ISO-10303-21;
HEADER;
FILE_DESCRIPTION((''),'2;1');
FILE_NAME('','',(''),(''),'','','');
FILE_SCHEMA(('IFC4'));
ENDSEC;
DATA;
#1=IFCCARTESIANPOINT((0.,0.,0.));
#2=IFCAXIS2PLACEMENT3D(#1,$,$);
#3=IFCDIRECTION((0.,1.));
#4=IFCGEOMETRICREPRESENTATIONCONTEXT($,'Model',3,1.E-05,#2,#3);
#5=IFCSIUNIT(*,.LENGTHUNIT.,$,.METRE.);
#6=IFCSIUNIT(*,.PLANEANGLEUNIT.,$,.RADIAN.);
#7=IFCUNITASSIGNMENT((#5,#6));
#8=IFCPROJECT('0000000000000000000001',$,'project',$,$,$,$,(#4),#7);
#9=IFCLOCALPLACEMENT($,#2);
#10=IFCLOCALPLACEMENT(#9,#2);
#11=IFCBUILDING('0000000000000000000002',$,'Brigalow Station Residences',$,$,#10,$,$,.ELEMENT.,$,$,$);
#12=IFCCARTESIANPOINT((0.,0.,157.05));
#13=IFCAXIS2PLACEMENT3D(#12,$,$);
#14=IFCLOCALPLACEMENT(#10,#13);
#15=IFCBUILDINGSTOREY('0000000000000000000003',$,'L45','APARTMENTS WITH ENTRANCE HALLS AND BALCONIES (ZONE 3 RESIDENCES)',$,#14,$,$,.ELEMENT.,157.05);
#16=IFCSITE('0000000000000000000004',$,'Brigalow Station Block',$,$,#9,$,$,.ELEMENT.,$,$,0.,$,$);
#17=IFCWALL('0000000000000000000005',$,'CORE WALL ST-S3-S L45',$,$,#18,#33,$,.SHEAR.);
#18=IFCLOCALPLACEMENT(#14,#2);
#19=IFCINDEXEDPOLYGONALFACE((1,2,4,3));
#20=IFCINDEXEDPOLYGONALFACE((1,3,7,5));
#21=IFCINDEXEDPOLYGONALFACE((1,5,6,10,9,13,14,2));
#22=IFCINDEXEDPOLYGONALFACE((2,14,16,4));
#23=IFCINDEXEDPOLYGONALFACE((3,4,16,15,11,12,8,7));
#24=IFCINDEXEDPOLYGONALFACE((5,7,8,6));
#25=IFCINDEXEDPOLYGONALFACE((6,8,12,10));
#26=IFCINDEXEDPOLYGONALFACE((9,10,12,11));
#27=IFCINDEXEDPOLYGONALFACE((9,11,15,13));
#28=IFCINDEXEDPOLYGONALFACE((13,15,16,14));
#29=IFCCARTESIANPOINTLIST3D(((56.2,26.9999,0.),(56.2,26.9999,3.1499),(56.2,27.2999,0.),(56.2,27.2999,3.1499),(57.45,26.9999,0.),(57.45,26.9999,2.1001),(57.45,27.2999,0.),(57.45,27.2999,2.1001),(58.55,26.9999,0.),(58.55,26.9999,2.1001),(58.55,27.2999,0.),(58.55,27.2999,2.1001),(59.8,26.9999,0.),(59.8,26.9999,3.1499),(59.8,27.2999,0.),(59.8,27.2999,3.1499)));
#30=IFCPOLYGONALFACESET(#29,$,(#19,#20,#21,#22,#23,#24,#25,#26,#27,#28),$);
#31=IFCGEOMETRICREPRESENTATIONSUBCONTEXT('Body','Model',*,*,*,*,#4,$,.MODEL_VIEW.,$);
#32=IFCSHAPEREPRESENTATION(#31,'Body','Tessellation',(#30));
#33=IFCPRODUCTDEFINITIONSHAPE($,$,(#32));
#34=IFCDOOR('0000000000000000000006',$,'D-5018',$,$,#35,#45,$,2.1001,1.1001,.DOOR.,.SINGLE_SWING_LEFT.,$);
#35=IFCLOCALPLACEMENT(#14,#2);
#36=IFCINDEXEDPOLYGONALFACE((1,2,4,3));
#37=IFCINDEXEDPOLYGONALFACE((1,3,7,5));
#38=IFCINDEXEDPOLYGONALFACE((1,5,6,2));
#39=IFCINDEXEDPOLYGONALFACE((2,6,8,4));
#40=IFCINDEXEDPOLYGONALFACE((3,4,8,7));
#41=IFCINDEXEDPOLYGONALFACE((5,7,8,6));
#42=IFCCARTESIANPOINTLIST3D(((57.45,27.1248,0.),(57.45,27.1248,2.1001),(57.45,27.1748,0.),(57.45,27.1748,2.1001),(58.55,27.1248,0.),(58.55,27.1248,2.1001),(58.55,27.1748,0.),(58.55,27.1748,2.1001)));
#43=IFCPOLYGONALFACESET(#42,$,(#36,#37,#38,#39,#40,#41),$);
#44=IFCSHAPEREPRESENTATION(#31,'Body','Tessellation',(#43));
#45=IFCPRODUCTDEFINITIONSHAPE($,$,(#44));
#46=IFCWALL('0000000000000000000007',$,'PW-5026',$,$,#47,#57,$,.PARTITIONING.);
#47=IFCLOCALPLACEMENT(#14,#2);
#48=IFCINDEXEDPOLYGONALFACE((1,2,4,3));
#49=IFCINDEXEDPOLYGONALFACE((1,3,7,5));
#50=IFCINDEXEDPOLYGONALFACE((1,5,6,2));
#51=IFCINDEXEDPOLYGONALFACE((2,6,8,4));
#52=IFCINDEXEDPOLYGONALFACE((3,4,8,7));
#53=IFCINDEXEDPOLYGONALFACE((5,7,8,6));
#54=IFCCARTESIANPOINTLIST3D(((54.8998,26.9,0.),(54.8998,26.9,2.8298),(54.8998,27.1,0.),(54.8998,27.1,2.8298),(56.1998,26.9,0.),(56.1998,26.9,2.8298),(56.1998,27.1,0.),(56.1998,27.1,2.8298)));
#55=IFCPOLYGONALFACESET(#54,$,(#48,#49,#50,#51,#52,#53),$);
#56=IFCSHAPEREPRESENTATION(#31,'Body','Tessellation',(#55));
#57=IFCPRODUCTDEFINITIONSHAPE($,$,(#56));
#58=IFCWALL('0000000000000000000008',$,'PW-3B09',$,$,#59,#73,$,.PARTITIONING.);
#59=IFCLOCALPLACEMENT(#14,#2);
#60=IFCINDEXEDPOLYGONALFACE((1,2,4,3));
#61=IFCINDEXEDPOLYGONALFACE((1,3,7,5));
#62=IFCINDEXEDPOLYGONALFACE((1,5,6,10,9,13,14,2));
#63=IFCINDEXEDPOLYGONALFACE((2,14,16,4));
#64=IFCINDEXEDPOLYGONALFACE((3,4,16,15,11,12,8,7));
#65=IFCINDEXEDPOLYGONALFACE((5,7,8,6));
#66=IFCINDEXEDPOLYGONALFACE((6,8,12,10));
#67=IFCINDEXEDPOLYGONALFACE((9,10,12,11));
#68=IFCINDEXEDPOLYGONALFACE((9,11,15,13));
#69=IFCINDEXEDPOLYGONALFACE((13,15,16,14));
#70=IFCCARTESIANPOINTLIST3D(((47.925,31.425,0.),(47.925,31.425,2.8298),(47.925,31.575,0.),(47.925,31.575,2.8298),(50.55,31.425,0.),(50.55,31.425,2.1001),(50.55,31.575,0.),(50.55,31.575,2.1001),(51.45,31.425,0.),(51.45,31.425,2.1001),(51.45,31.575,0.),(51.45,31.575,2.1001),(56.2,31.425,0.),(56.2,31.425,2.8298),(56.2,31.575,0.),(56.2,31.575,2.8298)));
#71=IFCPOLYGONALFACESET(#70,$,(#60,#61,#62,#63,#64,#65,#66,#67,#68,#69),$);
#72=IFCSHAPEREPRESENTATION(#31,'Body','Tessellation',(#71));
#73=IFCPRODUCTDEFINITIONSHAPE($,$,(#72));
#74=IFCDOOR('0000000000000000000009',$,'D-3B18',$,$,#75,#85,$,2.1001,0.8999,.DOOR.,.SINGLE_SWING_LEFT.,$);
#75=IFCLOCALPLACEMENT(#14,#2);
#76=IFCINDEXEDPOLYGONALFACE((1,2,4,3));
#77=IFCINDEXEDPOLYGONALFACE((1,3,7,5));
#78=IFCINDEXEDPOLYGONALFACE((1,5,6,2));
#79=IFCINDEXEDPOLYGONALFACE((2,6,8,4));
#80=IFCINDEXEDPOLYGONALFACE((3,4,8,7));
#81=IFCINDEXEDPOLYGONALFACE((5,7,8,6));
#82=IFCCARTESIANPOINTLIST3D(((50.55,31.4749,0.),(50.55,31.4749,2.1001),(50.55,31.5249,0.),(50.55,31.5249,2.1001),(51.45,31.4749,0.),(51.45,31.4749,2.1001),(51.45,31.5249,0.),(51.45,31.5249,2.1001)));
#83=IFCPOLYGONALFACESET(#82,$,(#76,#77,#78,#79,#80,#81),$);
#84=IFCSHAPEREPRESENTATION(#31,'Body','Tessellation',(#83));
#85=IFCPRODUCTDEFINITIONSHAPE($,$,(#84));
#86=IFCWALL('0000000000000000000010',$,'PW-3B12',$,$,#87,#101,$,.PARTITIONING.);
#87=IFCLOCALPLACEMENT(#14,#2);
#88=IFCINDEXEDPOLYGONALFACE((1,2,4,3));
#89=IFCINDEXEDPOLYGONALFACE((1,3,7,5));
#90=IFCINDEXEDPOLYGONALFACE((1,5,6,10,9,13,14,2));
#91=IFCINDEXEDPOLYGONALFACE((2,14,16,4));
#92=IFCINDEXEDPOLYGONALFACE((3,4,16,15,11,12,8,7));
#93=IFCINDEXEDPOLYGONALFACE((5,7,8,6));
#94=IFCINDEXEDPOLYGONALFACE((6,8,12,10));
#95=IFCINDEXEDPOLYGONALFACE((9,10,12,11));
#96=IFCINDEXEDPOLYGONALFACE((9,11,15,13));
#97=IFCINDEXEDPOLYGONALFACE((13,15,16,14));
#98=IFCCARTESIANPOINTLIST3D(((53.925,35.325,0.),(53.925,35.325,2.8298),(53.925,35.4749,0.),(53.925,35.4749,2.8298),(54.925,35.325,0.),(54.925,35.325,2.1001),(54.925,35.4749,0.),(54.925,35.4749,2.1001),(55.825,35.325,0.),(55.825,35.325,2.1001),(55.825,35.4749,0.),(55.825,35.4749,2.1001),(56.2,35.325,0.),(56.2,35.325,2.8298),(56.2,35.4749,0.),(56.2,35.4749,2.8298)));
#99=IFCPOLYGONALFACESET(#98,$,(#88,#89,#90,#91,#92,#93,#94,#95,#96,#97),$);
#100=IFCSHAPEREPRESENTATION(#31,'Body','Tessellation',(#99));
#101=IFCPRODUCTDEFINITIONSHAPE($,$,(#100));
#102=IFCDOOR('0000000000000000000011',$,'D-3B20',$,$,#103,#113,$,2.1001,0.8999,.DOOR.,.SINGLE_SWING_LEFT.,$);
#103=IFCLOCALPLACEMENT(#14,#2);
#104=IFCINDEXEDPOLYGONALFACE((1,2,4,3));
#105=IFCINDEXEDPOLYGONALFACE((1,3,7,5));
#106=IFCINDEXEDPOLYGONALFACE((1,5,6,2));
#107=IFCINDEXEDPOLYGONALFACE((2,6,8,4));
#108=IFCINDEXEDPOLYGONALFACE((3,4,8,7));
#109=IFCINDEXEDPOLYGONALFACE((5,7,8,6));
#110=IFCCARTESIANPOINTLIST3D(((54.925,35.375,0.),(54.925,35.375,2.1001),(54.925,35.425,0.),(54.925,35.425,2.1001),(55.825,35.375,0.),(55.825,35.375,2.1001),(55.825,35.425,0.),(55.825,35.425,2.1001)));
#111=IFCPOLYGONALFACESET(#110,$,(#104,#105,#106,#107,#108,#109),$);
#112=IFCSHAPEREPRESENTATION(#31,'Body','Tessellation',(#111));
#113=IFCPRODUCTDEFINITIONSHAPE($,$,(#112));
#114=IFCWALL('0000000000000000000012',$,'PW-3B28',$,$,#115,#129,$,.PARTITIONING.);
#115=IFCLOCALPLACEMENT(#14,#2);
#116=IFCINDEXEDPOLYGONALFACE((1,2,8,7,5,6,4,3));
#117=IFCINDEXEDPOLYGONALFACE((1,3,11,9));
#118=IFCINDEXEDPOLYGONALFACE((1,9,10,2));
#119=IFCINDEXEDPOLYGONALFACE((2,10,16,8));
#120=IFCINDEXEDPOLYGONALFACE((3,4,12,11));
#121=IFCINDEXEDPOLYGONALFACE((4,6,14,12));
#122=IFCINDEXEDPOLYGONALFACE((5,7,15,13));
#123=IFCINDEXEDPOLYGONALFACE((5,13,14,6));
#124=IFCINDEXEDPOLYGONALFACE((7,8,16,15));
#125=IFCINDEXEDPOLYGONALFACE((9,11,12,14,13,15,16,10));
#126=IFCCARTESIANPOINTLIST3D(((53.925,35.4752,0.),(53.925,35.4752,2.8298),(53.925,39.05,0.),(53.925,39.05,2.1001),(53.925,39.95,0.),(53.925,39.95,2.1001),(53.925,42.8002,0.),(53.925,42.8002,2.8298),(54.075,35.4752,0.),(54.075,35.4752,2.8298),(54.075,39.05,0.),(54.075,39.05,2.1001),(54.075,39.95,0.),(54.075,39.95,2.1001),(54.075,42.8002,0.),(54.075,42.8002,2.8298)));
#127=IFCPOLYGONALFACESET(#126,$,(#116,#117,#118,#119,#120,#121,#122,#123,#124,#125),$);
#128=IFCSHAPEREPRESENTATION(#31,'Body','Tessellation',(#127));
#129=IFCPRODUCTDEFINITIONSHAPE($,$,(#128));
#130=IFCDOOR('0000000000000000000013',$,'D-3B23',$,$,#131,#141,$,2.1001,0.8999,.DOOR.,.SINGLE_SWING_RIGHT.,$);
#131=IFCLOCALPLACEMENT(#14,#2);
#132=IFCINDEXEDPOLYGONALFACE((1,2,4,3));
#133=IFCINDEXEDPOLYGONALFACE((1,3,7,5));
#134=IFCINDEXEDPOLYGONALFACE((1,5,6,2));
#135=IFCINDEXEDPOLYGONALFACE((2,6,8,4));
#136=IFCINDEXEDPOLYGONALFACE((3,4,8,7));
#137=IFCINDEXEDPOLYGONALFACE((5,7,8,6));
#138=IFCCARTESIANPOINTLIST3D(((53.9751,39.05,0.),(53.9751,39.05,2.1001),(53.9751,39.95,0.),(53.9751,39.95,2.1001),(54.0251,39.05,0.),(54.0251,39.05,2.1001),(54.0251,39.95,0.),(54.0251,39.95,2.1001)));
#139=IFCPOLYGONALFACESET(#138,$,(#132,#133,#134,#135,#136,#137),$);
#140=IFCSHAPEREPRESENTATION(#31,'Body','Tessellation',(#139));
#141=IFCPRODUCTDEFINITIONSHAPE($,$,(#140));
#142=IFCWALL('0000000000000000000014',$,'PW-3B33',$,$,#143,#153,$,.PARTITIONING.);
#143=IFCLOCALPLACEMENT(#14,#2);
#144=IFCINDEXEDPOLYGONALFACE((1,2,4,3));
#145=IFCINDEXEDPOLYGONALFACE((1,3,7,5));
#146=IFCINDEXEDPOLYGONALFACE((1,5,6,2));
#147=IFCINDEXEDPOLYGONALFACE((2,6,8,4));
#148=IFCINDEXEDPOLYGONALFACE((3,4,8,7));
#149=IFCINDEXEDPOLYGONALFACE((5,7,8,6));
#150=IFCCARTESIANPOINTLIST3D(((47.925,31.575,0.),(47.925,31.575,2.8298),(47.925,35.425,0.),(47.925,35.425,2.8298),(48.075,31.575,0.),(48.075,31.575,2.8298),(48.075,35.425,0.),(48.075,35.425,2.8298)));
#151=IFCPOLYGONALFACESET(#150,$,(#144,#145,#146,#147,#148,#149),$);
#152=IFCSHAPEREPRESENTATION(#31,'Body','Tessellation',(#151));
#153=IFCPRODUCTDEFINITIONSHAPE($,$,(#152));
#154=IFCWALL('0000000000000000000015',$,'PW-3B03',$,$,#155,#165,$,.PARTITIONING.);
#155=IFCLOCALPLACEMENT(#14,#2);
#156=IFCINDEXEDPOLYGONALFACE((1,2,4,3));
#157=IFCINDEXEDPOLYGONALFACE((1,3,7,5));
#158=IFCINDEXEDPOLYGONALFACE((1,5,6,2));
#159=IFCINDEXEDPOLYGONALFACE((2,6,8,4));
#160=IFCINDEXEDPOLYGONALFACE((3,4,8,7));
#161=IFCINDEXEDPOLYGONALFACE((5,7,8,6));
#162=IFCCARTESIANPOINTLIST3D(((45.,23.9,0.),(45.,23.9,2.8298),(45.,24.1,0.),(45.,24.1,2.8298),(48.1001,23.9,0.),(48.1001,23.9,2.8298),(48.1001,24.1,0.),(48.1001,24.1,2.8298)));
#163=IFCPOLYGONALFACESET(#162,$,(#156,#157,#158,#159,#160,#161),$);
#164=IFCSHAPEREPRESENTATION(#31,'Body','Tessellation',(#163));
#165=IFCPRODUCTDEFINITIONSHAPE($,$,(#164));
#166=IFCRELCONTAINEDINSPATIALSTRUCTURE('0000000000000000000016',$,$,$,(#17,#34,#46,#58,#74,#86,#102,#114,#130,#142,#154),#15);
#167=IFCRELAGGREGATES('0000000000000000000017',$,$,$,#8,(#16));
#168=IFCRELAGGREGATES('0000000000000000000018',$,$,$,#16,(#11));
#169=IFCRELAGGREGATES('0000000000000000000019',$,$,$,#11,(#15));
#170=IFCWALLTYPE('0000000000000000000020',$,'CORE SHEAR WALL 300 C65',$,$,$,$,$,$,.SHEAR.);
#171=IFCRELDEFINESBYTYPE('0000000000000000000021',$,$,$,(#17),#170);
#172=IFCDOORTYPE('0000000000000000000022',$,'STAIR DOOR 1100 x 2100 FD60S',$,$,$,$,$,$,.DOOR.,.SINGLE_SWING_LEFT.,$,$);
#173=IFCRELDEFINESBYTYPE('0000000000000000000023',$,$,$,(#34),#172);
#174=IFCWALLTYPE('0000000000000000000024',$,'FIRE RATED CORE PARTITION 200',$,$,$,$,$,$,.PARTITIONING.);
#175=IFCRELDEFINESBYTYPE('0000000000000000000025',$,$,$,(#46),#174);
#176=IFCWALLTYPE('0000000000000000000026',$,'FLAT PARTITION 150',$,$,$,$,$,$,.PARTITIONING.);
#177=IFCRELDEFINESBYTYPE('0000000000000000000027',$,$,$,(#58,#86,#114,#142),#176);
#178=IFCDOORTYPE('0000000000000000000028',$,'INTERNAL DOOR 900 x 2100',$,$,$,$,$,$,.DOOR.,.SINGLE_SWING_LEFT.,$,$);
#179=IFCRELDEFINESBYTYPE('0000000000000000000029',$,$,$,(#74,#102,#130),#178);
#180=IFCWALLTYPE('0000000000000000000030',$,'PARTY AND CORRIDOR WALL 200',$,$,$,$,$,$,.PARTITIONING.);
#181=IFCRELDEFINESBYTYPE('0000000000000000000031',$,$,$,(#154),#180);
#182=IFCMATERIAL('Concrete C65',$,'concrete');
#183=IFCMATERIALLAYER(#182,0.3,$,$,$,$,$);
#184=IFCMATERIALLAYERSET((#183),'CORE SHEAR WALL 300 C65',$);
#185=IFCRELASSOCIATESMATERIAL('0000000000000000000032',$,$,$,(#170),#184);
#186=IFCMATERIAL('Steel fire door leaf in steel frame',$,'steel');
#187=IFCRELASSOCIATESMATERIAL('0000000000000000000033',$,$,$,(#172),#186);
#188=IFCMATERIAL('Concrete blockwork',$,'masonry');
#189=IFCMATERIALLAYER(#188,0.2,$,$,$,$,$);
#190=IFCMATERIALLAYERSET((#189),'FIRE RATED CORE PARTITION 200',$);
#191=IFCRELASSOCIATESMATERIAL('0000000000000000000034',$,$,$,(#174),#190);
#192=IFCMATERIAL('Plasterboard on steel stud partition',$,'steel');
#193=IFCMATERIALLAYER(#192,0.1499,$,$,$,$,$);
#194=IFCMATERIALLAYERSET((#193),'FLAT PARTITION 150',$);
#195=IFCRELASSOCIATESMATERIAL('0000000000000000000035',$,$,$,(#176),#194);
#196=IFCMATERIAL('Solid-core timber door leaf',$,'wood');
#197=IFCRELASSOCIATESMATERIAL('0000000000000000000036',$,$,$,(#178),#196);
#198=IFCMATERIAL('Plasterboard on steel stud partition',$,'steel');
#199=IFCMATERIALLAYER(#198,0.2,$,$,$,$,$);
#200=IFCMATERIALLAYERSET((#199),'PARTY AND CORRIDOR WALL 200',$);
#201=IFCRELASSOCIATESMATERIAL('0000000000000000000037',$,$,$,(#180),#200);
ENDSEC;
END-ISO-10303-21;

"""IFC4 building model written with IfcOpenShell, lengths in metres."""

from ifc_helpers import new_model, si_unit, direction, frame, frame_2d, origin, place, context, subcontext, project, spatial, rectangle, extrude, material, layer, layer_set, type_object, element, fill, save


model = new_model("IFC4")

# Units and contexts
model_context = context("Model", 3, precision=1e-05, world=origin(), true_north=direction((0.0, 1.0)))
body_context = subcontext(model_context, "Body", "Model", "MODEL_VIEW")
ifc_project = project(units=[si_unit("LENGTHUNIT", "METRE"), si_unit("PLANEANGLEUNIT", "RADIAN")], contexts=[model_context])

# Site, building, storey
site_placement = place(None, origin())
site = spatial("IfcSite", under=ifc_project, at=site_placement, Name="Brigalow Station Block", CompositionType="ELEMENT", RefElevation=0.0)
building_placement = place(site_placement, origin())
building = spatial("IfcBuilding", under=site, at=building_placement, Name="Brigalow Station Residences", CompositionType="ELEMENT")
storey_placement = place(building_placement, frame((0.0, 0.0, 157.05)))
storey = spatial("IfcBuildingStorey", under=building, at=storey_placement, Name="L45", Description="APARTMENTS WITH ENTRANCE HALLS AND BALCONIES (ZONE 3 RESIDENCES)", CompositionType="ELEMENT", Elevation=157.05)

# Wall, opening, door
ifc_material_1 = material(Name="Concrete C65", Category="concrete")
ifc_layer_1 = layer(ifc_material_1, 0.3)
ifc_layer_set_1 = layer_set([ifc_layer_1], Name="CORE SHEAR WALL 300 C65")
wall_type_1 = type_object("IfcWallType", Name="CORE SHEAR WALL 300 C65", PredefinedType="SHEAR", material=ifc_layer_set_1)
wall_1_placement = place(storey_placement, frame((56.2, 27.1499, 0.0), z_axis=(0.0, 0.0, 1.0), x_axis=(1.0, 0.0, 0.0)))
wall_1 = element("IfcWall", 1, at=wall_1_placement, inside=storey, type_object=wall_type_1, Name="CORE WALL ST-S3-S L45", PredefinedType="SHEAR", context=body_context, shape_type="SweptSolid", body=[
    extrude(rectangle(XDim=3.6001, YDim=0.3, at=frame_2d((1.8, 0.0))), origin(), (0.0, 0.0, 1.0), 3.1499),
])
opening_1_placement = place(wall_1_placement, frame((1.25, 0.0, 0.0)))
opening_1 = element("IfcOpeningElement", 2, at=opening_1_placement, cuts=wall_1, PredefinedType="OPENING", context=body_context, shape_type="SweptSolid", body=[
    extrude(rectangle(XDim=1.1001, YDim=2.1001, at=frame_2d((0.55, 1.05))), frame((0.0, 0.1602, 0.0), z_axis=(0.0, -1.0, 0.0), x_axis=(1.0, 0.0, 0.0)), (0.0, 0.0, 1.0), 0.3201),
])
ifc_material_2 = material(Name="Steel fire door leaf in steel frame", Category="steel")
door_type_1 = type_object("IfcDoorType", Name="STAIR DOOR 1100 x 2100 FD60S", OperationType="SINGLE_SWING_LEFT", PredefinedType="DOOR", material=ifc_material_2)
door_1_placement = place(opening_1_placement, origin())
door_1 = element("IfcDoor", 3, at=door_1_placement, inside=storey, type_object=door_type_1, Name="D-5018", OperationType="SINGLE_SWING_LEFT", OverallHeight=2.1001, OverallWidth=1.1001, PredefinedType="DOOR", context=body_context, shape_type="SweptSolid", body=[
    extrude(rectangle(XDim=1.1001, YDim=2.1001, at=frame_2d((0.55, 1.05))), frame((0.0, 0.0249, 0.0), z_axis=(0.0, -1.0, 0.0), x_axis=(1.0, 0.0, 0.0)), (0.0, 0.0, 1.0), 0.05),
])
fill(opening_1, door_1)

# Wall
ifc_material_3 = material(Name="Concrete blockwork", Category="masonry")
ifc_layer_2 = layer(ifc_material_3, 0.2)
ifc_layer_set_2 = layer_set([ifc_layer_2], Name="FIRE RATED CORE PARTITION 200")
wall_type_2 = type_object("IfcWallType", Name="FIRE RATED CORE PARTITION 200", PredefinedType="PARTITIONING", material=ifc_layer_set_2)
wall_2_placement = place(storey_placement, frame((54.8999, 27.0, 0.0), z_axis=(0.0, 0.0, 1.0), x_axis=(1.0, 0.0, 0.0)))
element("IfcWall", 4, at=wall_2_placement, inside=storey, type_object=wall_type_2, Name="PW-5026", PredefinedType="PARTITIONING", context=body_context, shape_type="SweptSolid", body=[
    extrude(rectangle(XDim=1.3, YDim=0.2, at=frame_2d((0.6499, 0.0))), origin(), (0.0, 0.0, 1.0), 2.8298),
])

# Walls, openings, doors
ifc_material_4 = material(Name="Plasterboard on steel stud partition", Category="steel")
ifc_layer_3 = layer(ifc_material_4, 0.1499)
ifc_layer_set_3 = layer_set([ifc_layer_3], Name="FLAT PARTITION 150")
wall_type_3 = type_object("IfcWallType", Name="FLAT PARTITION 150", PredefinedType="PARTITIONING", material=ifc_layer_set_3)
wall_3_placement = place(storey_placement, frame((47.925, 31.5, 0.0), z_axis=(0.0, 0.0, 1.0), x_axis=(1.0, 0.0, 0.0)))
wall_3 = element("IfcWall", 5, at=wall_3_placement, inside=storey, type_object=wall_type_3, Name="PW-3B09", PredefinedType="PARTITIONING", context=body_context, shape_type="SweptSolid", body=[
    extrude(rectangle(XDim=8.2749, YDim=0.1499, at=frame_2d((4.1375, 0.0))), origin(), (0.0, 0.0, 1.0), 2.8298),
])
opening_2_placement = place(wall_3_placement, frame((2.625, 0.0, 0.0)))
opening_2 = element("IfcOpeningElement", 6, at=opening_2_placement, cuts=wall_3, PredefinedType="OPENING", context=body_context, shape_type="SweptSolid", body=[
    extrude(rectangle(XDim=0.8999, YDim=2.1001, at=frame_2d((0.45, 1.05))), frame((0.0, 0.085, 0.0), z_axis=(0.0, -1.0, 0.0), x_axis=(1.0, 0.0, 0.0)), (0.0, 0.0, 1.0), 0.1699),
])
ifc_material_5 = material(Name="Solid-core timber door leaf", Category="wood")
door_type_2 = type_object("IfcDoorType", Name="INTERNAL DOOR 900 x 2100", OperationType="SINGLE_SWING_LEFT", PredefinedType="DOOR", material=ifc_material_5)
door_2_placement = place(opening_2_placement, origin())
door_2 = element("IfcDoor", 7, at=door_2_placement, inside=storey, type_object=door_type_2, Name="D-3B18", OperationType="SINGLE_SWING_LEFT", OverallHeight=2.1001, OverallWidth=0.8999, PredefinedType="DOOR", context=body_context, shape_type="SweptSolid", body=[
    extrude(rectangle(XDim=0.8999, YDim=2.1001, at=frame_2d((0.45, 1.05))), frame((0.0, 0.0249, 0.0), z_axis=(0.0, -1.0, 0.0), x_axis=(1.0, 0.0, 0.0)), (0.0, 0.0, 1.0), 0.05),
])
fill(opening_2, door_2)
wall_4_placement = place(storey_placement, frame((53.925, 35.3999, 0.0), z_axis=(0.0, 0.0, 1.0), x_axis=(1.0, 0.0, 0.0)))
wall_4 = element("IfcWall", 8, at=wall_4_placement, inside=storey, type_object=wall_type_3, Name="PW-3B12", PredefinedType="PARTITIONING", context=body_context, shape_type="SweptSolid", body=[
    extrude(rectangle(XDim=2.2749, YDim=0.1499, at=frame_2d((1.1375, 0.0))), origin(), (0.0, 0.0, 1.0), 2.8298),
])
opening_3_placement = place(wall_4_placement, frame((1.0, 0.0, 0.0)))
opening_3 = element("IfcOpeningElement", 9, at=opening_3_placement, cuts=wall_4, PredefinedType="OPENING", context=body_context, shape_type="SweptSolid", body=[
    extrude(rectangle(XDim=0.8999, YDim=2.1001, at=frame_2d((0.45, 1.05))), frame((0.0, 0.085, 0.0), z_axis=(0.0, -1.0, 0.0), x_axis=(1.0, 0.0, 0.0)), (0.0, 0.0, 1.0), 0.1699),
])
door_3_placement = place(opening_3_placement, frame((0.8999, 0.0, 0.0), z_axis=(0.0, 0.0, 1.0), x_axis=(-1.0, 0.0, 0.0)))
door_3 = element("IfcDoor", 10, at=door_3_placement, inside=storey, type_object=door_type_2, Name="D-3B20", OperationType="SINGLE_SWING_LEFT", OverallHeight=2.1001, OverallWidth=0.8999, PredefinedType="DOOR", context=body_context, shape_type="SweptSolid", body=[
    extrude(rectangle(XDim=0.8999, YDim=2.1001, at=frame_2d((0.45, 1.05))), frame((0.0, 0.0249, 0.0), z_axis=(0.0, -1.0, 0.0), x_axis=(1.0, 0.0, 0.0)), (0.0, 0.0, 1.0), 0.05),
])
fill(opening_3, door_3)
wall_5_placement = place(storey_placement, frame((54.0, 35.4751, 0.0), z_axis=(0.0, 0.0, 1.0), x_axis=(0.0, 1.0, 0.0)))
wall_5 = element("IfcWall", 11, at=wall_5_placement, inside=storey, type_object=wall_type_3, Name="PW-3B28", PredefinedType="PARTITIONING", context=body_context, shape_type="SweptSolid", body=[
    extrude(rectangle(XDim=7.325, YDim=0.1499, at=frame_2d((3.6626, 0.0))), origin(), (0.0, 0.0, 1.0), 2.8298),
])
opening_4_placement = place(wall_5_placement, frame((3.575, 0.0, 0.0)))
opening_4 = element("IfcOpeningElement", 12, at=opening_4_placement, cuts=wall_5, PredefinedType="OPENING", context=body_context, shape_type="SweptSolid", body=[
    extrude(rectangle(XDim=0.8999, YDim=2.1001, at=frame_2d((0.45, 1.05))), frame((0.0, 0.085, 0.0), z_axis=(0.0, -1.0, 0.0), x_axis=(1.0, 0.0, 0.0)), (0.0, 0.0, 1.0), 0.1699),
])
door_4_placement = place(opening_4_placement, origin())
door_4 = element("IfcDoor", 13, at=door_4_placement, inside=storey, type_object=door_type_2, Name="D-3B23", OperationType="SINGLE_SWING_RIGHT", OverallHeight=2.1001, OverallWidth=0.8999, PredefinedType="DOOR", context=body_context, shape_type="SweptSolid", body=[
    extrude(rectangle(XDim=0.8999, YDim=2.1001, at=frame_2d((0.45, 1.05))), frame((0.0, 0.0249, 0.0), z_axis=(0.0, -1.0, 0.0), x_axis=(1.0, 0.0, 0.0)), (0.0, 0.0, 1.0), 0.05),
])
fill(opening_4, door_4)

# Walls
wall_6_placement = place(storey_placement, frame((48.0, 31.575, 0.0), z_axis=(0.0, 0.0, 1.0), x_axis=(0.0, 1.0, 0.0)))
element("IfcWall", 14, at=wall_6_placement, inside=storey, type_object=wall_type_3, Name="PW-3B33", PredefinedType="PARTITIONING", context=body_context, shape_type="SweptSolid", body=[
    extrude(rectangle(XDim=3.8501, YDim=0.1499, at=frame_2d((1.925, 0.0))), origin(), (0.0, 0.0, 1.0), 2.8298),
])
ifc_material_6 = material(Name="Plasterboard on steel stud partition", Category="steel")
ifc_layer_4 = layer(ifc_material_6, 0.2)
ifc_layer_set_4 = layer_set([ifc_layer_4], Name="PARTY AND CORRIDOR WALL 200")
wall_type_4 = type_object("IfcWallType", Name="PARTY AND CORRIDOR WALL 200", PredefinedType="PARTITIONING", material=ifc_layer_set_4)
wall_7_placement = place(storey_placement, frame((45.0, 24.0, 0.0), z_axis=(0.0, 0.0, 1.0), x_axis=(1.0, 0.0, 0.0)))
element("IfcWall", 15, at=wall_7_placement, inside=storey, type_object=wall_type_4, Name="PW-3B03", PredefinedType="PARTITIONING", context=body_context, shape_type="SweptSolid", body=[
    extrude(rectangle(XDim=3.1001, YDim=0.2, at=frame_2d((1.55, 0.0))), origin(), (0.0, 0.0, 1.0), 2.8298),
])

save(model, "model.ifc")
